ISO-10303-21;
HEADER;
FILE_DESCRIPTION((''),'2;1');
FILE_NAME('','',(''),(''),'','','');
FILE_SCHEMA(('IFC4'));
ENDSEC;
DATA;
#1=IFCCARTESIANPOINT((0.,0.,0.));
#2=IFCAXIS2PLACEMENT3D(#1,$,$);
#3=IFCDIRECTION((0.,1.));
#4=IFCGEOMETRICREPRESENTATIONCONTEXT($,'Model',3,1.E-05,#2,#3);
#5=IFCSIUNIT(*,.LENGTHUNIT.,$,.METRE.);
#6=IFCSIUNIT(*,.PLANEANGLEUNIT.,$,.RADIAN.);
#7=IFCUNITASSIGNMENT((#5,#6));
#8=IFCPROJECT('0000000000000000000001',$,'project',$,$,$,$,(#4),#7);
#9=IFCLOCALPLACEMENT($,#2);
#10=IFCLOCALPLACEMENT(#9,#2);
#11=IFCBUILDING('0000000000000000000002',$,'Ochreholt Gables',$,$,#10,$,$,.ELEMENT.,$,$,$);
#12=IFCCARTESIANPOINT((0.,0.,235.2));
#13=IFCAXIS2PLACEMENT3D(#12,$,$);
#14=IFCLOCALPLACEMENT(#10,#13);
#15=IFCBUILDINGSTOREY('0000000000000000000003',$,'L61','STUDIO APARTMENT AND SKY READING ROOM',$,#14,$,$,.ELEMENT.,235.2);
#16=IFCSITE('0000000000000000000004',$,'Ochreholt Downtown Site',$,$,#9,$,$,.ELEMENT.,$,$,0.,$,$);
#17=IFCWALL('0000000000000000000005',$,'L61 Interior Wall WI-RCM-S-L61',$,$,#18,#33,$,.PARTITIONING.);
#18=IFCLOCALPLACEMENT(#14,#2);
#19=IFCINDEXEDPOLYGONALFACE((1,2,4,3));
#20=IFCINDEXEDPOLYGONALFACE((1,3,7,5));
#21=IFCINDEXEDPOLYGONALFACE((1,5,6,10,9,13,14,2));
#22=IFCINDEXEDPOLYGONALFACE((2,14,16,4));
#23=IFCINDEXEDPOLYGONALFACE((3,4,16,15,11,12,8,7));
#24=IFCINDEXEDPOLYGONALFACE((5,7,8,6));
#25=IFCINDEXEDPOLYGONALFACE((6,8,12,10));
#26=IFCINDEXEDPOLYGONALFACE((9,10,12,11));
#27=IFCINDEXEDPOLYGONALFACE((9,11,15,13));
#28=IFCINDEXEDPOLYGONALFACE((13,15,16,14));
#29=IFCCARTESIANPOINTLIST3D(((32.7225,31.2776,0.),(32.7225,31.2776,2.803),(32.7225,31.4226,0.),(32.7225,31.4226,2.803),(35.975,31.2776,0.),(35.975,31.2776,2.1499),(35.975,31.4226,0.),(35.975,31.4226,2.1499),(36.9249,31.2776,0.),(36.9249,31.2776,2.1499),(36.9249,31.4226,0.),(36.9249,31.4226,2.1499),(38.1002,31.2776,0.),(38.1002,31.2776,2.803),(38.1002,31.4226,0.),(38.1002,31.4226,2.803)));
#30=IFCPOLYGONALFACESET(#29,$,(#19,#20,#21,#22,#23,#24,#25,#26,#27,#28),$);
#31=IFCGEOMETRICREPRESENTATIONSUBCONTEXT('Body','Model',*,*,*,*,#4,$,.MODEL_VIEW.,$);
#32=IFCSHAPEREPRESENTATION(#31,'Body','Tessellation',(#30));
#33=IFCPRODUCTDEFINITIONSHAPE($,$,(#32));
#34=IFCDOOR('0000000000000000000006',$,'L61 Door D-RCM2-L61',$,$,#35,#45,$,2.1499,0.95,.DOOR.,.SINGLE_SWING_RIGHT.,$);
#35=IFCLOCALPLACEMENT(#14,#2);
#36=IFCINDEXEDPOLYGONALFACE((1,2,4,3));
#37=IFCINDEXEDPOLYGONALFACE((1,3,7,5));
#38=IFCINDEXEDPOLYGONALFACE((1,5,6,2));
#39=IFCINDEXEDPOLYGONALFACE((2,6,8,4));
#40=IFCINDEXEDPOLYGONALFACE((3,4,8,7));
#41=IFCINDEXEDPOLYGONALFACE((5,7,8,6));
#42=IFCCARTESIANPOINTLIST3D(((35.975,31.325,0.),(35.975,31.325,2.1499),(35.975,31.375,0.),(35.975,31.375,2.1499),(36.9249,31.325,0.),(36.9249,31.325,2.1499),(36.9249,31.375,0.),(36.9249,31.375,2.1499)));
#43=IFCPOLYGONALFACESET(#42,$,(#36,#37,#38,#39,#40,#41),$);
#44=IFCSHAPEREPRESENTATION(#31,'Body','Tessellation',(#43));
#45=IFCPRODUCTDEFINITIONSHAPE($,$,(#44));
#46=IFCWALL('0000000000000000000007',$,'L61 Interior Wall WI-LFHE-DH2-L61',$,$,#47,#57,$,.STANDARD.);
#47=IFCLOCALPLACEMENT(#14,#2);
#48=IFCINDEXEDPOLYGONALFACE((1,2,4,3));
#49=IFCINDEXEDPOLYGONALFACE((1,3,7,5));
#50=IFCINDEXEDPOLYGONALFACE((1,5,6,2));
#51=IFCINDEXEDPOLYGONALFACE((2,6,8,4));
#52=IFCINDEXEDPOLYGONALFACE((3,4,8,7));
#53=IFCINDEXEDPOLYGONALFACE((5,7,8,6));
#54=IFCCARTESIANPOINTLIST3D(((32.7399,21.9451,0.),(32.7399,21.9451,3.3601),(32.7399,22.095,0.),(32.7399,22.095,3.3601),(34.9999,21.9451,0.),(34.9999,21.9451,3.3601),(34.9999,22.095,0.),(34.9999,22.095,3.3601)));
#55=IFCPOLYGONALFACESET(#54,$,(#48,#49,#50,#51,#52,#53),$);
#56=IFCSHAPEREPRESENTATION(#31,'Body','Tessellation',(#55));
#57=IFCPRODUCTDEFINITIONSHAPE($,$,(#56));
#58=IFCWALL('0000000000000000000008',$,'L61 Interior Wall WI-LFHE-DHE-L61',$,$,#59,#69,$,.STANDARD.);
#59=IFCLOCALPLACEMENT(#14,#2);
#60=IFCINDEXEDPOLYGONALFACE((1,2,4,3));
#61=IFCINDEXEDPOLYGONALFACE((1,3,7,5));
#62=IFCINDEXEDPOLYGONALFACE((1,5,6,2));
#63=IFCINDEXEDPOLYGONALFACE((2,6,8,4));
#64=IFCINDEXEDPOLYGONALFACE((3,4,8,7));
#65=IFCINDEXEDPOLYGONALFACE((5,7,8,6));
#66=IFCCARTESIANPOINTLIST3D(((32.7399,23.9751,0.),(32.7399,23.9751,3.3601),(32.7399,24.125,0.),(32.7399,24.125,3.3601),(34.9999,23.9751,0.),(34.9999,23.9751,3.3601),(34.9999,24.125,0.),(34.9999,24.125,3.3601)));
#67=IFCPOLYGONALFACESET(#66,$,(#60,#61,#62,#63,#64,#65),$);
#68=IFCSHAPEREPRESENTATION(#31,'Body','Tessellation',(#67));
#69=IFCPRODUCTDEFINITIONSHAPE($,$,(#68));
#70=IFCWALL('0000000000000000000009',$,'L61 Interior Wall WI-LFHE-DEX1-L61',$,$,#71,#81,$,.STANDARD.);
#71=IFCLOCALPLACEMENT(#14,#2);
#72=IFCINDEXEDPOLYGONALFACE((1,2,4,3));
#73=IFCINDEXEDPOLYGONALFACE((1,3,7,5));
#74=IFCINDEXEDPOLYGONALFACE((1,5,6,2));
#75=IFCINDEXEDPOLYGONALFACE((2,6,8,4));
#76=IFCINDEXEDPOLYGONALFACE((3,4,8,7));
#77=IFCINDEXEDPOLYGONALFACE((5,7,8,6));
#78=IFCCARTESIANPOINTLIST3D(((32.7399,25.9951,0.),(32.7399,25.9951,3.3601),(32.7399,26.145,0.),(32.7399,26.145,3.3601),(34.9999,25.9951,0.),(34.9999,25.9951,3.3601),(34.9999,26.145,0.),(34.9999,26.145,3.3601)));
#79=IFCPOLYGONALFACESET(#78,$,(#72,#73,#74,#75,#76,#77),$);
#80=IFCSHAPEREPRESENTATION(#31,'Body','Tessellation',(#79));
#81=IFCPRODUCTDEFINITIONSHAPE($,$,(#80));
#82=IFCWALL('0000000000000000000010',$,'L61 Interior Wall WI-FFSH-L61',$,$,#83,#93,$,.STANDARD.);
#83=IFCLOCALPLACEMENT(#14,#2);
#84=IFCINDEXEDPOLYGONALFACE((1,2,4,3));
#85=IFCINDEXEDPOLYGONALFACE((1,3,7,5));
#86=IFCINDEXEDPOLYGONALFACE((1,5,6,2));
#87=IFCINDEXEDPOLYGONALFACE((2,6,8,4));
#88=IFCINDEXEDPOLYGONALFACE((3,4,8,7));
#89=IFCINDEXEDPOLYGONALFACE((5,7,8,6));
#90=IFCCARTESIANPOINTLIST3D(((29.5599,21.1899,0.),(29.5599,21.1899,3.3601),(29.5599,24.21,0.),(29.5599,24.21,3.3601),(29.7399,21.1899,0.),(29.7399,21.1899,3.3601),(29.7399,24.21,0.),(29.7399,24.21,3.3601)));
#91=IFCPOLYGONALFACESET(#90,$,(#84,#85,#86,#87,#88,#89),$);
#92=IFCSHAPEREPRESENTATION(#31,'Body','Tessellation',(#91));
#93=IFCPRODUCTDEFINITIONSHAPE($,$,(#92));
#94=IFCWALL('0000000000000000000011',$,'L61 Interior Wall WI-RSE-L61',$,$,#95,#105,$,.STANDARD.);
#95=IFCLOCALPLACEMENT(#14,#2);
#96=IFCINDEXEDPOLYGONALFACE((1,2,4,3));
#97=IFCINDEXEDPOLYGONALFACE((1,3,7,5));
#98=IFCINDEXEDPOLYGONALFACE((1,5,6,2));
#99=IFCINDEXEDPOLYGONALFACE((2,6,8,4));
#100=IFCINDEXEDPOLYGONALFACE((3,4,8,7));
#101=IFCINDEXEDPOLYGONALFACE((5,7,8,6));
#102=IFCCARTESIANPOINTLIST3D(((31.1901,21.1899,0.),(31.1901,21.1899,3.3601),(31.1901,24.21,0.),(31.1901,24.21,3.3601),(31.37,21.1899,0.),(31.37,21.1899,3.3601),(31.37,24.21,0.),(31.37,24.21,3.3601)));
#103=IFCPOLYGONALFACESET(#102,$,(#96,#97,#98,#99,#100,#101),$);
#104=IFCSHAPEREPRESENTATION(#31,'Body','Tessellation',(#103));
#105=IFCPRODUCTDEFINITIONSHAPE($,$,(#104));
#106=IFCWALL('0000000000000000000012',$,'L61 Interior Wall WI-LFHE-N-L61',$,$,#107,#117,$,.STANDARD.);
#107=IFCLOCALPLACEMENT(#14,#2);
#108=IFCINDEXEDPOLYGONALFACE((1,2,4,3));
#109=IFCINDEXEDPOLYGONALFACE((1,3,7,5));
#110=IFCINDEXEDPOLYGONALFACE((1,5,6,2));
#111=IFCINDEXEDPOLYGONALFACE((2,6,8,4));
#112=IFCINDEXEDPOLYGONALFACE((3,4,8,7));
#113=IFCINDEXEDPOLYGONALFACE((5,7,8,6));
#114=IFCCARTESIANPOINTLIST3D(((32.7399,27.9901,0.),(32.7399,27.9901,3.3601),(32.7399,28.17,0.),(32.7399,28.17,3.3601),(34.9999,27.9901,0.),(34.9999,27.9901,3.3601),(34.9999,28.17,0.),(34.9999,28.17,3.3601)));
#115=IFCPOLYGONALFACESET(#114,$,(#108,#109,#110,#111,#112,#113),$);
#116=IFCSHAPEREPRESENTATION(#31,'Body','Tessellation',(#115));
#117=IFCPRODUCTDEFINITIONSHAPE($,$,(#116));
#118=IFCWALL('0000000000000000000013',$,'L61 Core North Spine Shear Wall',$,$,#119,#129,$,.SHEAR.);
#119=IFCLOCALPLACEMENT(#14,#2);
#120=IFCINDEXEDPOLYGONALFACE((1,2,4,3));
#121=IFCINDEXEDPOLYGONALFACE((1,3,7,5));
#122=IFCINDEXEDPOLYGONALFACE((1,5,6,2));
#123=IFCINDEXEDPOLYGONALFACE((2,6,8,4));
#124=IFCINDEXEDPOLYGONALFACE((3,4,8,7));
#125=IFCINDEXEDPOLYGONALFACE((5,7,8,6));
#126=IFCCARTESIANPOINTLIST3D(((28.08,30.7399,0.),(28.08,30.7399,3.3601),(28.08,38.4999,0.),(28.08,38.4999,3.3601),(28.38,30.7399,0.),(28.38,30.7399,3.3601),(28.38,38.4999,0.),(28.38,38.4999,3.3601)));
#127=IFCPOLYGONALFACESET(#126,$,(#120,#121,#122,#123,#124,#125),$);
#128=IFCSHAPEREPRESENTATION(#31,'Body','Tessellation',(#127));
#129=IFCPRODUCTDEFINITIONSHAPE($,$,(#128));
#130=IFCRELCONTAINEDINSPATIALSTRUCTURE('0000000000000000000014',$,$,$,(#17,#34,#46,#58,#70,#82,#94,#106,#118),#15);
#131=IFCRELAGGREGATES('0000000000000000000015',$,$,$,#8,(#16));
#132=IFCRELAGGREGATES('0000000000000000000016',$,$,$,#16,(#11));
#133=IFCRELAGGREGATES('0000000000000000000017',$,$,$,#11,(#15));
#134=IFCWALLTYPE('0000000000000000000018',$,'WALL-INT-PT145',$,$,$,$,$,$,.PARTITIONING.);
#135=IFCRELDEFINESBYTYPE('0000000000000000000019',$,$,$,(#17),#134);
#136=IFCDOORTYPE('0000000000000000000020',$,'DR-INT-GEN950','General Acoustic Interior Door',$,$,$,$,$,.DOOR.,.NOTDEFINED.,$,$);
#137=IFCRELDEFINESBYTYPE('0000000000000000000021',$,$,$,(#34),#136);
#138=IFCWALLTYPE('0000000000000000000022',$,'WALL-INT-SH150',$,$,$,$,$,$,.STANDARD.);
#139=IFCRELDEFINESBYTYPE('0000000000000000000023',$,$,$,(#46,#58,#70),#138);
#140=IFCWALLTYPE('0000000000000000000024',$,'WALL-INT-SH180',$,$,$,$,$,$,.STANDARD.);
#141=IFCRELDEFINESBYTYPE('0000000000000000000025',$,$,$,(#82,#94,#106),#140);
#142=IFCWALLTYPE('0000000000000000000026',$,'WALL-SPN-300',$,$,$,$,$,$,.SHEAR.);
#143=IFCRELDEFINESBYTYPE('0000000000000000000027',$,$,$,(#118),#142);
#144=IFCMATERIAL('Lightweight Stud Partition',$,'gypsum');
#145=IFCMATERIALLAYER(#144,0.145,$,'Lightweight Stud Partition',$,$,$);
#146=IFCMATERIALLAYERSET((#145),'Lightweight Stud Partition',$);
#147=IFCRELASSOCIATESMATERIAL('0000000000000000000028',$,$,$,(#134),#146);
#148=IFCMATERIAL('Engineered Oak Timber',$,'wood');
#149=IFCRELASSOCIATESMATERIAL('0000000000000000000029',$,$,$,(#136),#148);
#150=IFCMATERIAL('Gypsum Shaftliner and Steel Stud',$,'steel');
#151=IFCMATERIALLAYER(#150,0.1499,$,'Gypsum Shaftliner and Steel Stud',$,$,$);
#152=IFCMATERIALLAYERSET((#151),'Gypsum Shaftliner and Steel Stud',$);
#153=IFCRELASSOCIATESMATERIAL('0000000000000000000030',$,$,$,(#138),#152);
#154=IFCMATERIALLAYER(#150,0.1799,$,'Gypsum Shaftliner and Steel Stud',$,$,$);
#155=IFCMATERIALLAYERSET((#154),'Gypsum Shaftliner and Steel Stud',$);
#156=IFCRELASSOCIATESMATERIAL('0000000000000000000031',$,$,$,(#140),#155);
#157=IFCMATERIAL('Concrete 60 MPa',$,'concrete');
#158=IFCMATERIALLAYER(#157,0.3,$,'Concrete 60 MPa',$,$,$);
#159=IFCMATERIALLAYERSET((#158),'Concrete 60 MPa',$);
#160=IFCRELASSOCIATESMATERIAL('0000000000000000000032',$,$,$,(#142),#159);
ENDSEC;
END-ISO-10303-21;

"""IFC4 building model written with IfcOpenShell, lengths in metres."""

from ifc_helpers import new_model, si_unit, direction, frame, frame_2d, origin, place, context, subcontext, project, spatial, rectangle, extrude, material, layer, layer_set, type_object, element, fill, save


model = new_model("IFC4")

# Units and contexts
model_context = context("Model", 3, precision=1e-05, world=origin(), true_north=direction((0.0, 1.0)))
body_context = subcontext(model_context, "Body", "Model", "MODEL_VIEW")
ifc_project = project(units=[si_unit("LENGTHUNIT", "METRE"), si_unit("PLANEANGLEUNIT", "RADIAN")], contexts=[model_context])

# Site, building, storey
site_placement = place(None, origin())
site = spatial("IfcSite", under=ifc_project, at=site_placement, Name="Ochreholt Downtown Site", CompositionType="ELEMENT", RefElevation=0.0)
building_placement = place(site_placement, origin())
building = spatial("IfcBuilding", under=site, at=building_placement, Name="Ochreholt Gables", CompositionType="ELEMENT")
storey_placement = place(building_placement, frame((0.0, 0.0, 235.2)))
storey = spatial("IfcBuildingStorey", under=building, at=storey_placement, Name="L61", Description="STUDIO APARTMENT AND SKY READING ROOM", CompositionType="ELEMENT", Elevation=235.2)

# Wall, opening, door
ifc_material_1 = material(Name="Lightweight Stud Partition", Category="gypsum")
ifc_layer_1 = layer(ifc_material_1, 0.145, Name="Lightweight Stud Partition")
ifc_layer_set_1 = layer_set([ifc_layer_1], Name="Lightweight Stud Partition")
wall_type_1 = type_object("IfcWallType", Name="WALL-INT-PT145", PredefinedType="PARTITIONING", material=ifc_layer_set_1)
wall_1_placement = place(storey_placement, frame((32.7224, 31.3501, 0.0), z_axis=(0.0, 0.0, 1.0), x_axis=(1.0, 0.0, 0.0)))
wall_1 = element("IfcWall", 1, at=wall_1_placement, inside=storey, type_object=wall_type_1, Name="L61 Interior Wall WI-RCM-S-L61", PredefinedType="PARTITIONING", context=body_context, shape_type="SweptSolid", body=[
    extrude(rectangle(XDim=5.3777, YDim=0.145, at=frame_2d((2.689, 0.0))), origin(), (0.0, 0.0, 1.0), 2.803),
])
opening_1_placement = place(wall_1_placement, frame((3.2524, 0.0, 0.0)))
opening_1 = element("IfcOpeningElement", 2, at=opening_1_placement, cuts=wall_1, PredefinedType="OPENING", context=body_context, shape_type="SweptSolid", body=[
    extrude(rectangle(XDim=0.95, YDim=2.1499, at=frame_2d((0.4751, 1.075))), frame((0.0, 0.0825, 0.0), z_axis=(0.0, -1.0, 0.0), x_axis=(1.0, 0.0, 0.0)), (0.0, 0.0, 1.0), 0.165),
])
ifc_material_2 = material(Name="Engineered Oak Timber", Category="wood")
door_type_1 = type_object("IfcDoorType", Name="DR-INT-GEN950", Description="General Acoustic Interior Door", OperationType="NOTDEFINED", PredefinedType="DOOR", material=ifc_material_2)
door_1_placement = place(opening_1_placement, origin())
door_1 = element("IfcDoor", 3, at=door_1_placement, inside=storey, type_object=door_type_1, Name="L61 Door D-RCM2-L61", OperationType="SINGLE_SWING_RIGHT", OverallHeight=2.1499, OverallWidth=0.95, PredefinedType="DOOR", context=body_context, shape_type="SweptSolid", body=[
    extrude(rectangle(XDim=0.95, YDim=2.1499, at=frame_2d((0.4751, 1.075))), frame((0.0, 0.0249, 0.0), z_axis=(0.0, -1.0, 0.0), x_axis=(1.0, 0.0, 0.0)), (0.0, 0.0, 1.0), 0.05),
])
fill(opening_1, door_1)

# Walls
ifc_material_3 = material(Name="Gypsum Shaftliner and Steel Stud", Category="steel")
ifc_layer_2 = layer(ifc_material_3, 0.1499, Name="Gypsum Shaftliner and Steel Stud")
ifc_layer_set_2 = layer_set([ifc_layer_2], Name="Gypsum Shaftliner and Steel Stud")
wall_type_2 = type_object("IfcWallType", Name="WALL-INT-SH150", PredefinedType="STANDARD", material=ifc_layer_set_2)
for number, where, z_axis, x_axis, name in (
    (4, (32.74, 22.02, 0.0), (0.0, 0.0, 1.0), (1.0, 0.0, 0.0), "L61 Interior Wall WI-LFHE-DH2-L61"),
    (5, (32.74, 24.05, 0.0), (0.0, 0.0, 1.0), (1.0, 0.0, 0.0), "L61 Interior Wall WI-LFHE-DHE-L61"),
    (6, (32.74, 26.0701, 0.0), (0.0, 0.0, 1.0), (1.0, 0.0, 0.0), "L61 Interior Wall WI-LFHE-DEX1-L61"),
):
    element("IfcWall", number, at=place(storey_placement, frame(where, z_axis=z_axis, x_axis=x_axis)), inside=storey, type_object=wall_type_2, Name=name, PredefinedType="STANDARD", context=body_context, shape_type="SweptSolid", body=[
        extrude(rectangle(XDim=2.26, YDim=0.1499, at=frame_2d((1.1299, 0.0))), origin(), (0.0, 0.0, 1.0), 3.3601),
    ])
ifc_layer_3 = layer(ifc_material_3, 0.1799, Name="Gypsum Shaftliner and Steel Stud")
ifc_layer_set_3 = layer_set([ifc_layer_3], Name="Gypsum Shaftliner and Steel Stud")
wall_type_3 = type_object("IfcWallType", Name="WALL-INT-SH180", PredefinedType="STANDARD", material=ifc_layer_set_3)
for number, where, z_axis, x_axis, name in (
    (7, (29.6499, 21.1899, 0.0), (0.0, 0.0, 1.0), (0.0, 1.0, 0.0), "L61 Interior Wall WI-FFSH-L61"),
    (8, (31.28, 21.1899, 0.0), (0.0, 0.0, 1.0), (0.0, 1.0, 0.0), "L61 Interior Wall WI-RSE-L61"),
):
    element("IfcWall", number, at=place(storey_placement, frame(where, z_axis=z_axis, x_axis=x_axis)), inside=storey, type_object=wall_type_3, Name=name, PredefinedType="STANDARD", context=body_context, shape_type="SweptSolid", body=[
        extrude(rectangle(XDim=3.02, YDim=0.1799, at=frame_2d((1.51, 0.0))), origin(), (0.0, 0.0, 1.0), 3.3601),
    ])
wall_2_placement = place(storey_placement, frame((32.74, 28.0801, 0.0), z_axis=(0.0, 0.0, 1.0), x_axis=(1.0, 0.0, 0.0)))
element("IfcWall", 9, at=wall_2_placement, inside=storey, type_object=wall_type_3, Name="L61 Interior Wall WI-LFHE-N-L61", PredefinedType="STANDARD", context=body_context, shape_type="SweptSolid", body=[
    extrude(rectangle(XDim=2.26, YDim=0.1799, at=frame_2d((1.1299, 0.0))), origin(), (0.0, 0.0, 1.0), 3.3601),
])
ifc_material_4 = material(Name="Concrete 60 MPa", Category="concrete")
ifc_layer_4 = layer(ifc_material_4, 0.3, Name="Concrete 60 MPa")
ifc_layer_set_4 = layer_set([ifc_layer_4], Name="Concrete 60 MPa")
wall_type_4 = type_object("IfcWallType", Name="WALL-SPN-300", PredefinedType="SHEAR", material=ifc_layer_set_4)
wall_3_placement = place(storey_placement, frame((28.23, 30.74, 0.0), z_axis=(0.0, 0.0, 1.0), x_axis=(0.0, 1.0, 0.0)))
element("IfcWall", 10, at=wall_3_placement, inside=storey, type_object=wall_type_4, Name="L61 Core North Spine Shear Wall", PredefinedType="SHEAR", context=body_context, shape_type="SweptSolid", body=[
    extrude(rectangle(XDim=7.76, YDim=0.3, at=frame_2d((3.8799, 0.0))), origin(), (0.0, 0.0, 1.0), 3.3601),
])

save(model, "model.ifc")
